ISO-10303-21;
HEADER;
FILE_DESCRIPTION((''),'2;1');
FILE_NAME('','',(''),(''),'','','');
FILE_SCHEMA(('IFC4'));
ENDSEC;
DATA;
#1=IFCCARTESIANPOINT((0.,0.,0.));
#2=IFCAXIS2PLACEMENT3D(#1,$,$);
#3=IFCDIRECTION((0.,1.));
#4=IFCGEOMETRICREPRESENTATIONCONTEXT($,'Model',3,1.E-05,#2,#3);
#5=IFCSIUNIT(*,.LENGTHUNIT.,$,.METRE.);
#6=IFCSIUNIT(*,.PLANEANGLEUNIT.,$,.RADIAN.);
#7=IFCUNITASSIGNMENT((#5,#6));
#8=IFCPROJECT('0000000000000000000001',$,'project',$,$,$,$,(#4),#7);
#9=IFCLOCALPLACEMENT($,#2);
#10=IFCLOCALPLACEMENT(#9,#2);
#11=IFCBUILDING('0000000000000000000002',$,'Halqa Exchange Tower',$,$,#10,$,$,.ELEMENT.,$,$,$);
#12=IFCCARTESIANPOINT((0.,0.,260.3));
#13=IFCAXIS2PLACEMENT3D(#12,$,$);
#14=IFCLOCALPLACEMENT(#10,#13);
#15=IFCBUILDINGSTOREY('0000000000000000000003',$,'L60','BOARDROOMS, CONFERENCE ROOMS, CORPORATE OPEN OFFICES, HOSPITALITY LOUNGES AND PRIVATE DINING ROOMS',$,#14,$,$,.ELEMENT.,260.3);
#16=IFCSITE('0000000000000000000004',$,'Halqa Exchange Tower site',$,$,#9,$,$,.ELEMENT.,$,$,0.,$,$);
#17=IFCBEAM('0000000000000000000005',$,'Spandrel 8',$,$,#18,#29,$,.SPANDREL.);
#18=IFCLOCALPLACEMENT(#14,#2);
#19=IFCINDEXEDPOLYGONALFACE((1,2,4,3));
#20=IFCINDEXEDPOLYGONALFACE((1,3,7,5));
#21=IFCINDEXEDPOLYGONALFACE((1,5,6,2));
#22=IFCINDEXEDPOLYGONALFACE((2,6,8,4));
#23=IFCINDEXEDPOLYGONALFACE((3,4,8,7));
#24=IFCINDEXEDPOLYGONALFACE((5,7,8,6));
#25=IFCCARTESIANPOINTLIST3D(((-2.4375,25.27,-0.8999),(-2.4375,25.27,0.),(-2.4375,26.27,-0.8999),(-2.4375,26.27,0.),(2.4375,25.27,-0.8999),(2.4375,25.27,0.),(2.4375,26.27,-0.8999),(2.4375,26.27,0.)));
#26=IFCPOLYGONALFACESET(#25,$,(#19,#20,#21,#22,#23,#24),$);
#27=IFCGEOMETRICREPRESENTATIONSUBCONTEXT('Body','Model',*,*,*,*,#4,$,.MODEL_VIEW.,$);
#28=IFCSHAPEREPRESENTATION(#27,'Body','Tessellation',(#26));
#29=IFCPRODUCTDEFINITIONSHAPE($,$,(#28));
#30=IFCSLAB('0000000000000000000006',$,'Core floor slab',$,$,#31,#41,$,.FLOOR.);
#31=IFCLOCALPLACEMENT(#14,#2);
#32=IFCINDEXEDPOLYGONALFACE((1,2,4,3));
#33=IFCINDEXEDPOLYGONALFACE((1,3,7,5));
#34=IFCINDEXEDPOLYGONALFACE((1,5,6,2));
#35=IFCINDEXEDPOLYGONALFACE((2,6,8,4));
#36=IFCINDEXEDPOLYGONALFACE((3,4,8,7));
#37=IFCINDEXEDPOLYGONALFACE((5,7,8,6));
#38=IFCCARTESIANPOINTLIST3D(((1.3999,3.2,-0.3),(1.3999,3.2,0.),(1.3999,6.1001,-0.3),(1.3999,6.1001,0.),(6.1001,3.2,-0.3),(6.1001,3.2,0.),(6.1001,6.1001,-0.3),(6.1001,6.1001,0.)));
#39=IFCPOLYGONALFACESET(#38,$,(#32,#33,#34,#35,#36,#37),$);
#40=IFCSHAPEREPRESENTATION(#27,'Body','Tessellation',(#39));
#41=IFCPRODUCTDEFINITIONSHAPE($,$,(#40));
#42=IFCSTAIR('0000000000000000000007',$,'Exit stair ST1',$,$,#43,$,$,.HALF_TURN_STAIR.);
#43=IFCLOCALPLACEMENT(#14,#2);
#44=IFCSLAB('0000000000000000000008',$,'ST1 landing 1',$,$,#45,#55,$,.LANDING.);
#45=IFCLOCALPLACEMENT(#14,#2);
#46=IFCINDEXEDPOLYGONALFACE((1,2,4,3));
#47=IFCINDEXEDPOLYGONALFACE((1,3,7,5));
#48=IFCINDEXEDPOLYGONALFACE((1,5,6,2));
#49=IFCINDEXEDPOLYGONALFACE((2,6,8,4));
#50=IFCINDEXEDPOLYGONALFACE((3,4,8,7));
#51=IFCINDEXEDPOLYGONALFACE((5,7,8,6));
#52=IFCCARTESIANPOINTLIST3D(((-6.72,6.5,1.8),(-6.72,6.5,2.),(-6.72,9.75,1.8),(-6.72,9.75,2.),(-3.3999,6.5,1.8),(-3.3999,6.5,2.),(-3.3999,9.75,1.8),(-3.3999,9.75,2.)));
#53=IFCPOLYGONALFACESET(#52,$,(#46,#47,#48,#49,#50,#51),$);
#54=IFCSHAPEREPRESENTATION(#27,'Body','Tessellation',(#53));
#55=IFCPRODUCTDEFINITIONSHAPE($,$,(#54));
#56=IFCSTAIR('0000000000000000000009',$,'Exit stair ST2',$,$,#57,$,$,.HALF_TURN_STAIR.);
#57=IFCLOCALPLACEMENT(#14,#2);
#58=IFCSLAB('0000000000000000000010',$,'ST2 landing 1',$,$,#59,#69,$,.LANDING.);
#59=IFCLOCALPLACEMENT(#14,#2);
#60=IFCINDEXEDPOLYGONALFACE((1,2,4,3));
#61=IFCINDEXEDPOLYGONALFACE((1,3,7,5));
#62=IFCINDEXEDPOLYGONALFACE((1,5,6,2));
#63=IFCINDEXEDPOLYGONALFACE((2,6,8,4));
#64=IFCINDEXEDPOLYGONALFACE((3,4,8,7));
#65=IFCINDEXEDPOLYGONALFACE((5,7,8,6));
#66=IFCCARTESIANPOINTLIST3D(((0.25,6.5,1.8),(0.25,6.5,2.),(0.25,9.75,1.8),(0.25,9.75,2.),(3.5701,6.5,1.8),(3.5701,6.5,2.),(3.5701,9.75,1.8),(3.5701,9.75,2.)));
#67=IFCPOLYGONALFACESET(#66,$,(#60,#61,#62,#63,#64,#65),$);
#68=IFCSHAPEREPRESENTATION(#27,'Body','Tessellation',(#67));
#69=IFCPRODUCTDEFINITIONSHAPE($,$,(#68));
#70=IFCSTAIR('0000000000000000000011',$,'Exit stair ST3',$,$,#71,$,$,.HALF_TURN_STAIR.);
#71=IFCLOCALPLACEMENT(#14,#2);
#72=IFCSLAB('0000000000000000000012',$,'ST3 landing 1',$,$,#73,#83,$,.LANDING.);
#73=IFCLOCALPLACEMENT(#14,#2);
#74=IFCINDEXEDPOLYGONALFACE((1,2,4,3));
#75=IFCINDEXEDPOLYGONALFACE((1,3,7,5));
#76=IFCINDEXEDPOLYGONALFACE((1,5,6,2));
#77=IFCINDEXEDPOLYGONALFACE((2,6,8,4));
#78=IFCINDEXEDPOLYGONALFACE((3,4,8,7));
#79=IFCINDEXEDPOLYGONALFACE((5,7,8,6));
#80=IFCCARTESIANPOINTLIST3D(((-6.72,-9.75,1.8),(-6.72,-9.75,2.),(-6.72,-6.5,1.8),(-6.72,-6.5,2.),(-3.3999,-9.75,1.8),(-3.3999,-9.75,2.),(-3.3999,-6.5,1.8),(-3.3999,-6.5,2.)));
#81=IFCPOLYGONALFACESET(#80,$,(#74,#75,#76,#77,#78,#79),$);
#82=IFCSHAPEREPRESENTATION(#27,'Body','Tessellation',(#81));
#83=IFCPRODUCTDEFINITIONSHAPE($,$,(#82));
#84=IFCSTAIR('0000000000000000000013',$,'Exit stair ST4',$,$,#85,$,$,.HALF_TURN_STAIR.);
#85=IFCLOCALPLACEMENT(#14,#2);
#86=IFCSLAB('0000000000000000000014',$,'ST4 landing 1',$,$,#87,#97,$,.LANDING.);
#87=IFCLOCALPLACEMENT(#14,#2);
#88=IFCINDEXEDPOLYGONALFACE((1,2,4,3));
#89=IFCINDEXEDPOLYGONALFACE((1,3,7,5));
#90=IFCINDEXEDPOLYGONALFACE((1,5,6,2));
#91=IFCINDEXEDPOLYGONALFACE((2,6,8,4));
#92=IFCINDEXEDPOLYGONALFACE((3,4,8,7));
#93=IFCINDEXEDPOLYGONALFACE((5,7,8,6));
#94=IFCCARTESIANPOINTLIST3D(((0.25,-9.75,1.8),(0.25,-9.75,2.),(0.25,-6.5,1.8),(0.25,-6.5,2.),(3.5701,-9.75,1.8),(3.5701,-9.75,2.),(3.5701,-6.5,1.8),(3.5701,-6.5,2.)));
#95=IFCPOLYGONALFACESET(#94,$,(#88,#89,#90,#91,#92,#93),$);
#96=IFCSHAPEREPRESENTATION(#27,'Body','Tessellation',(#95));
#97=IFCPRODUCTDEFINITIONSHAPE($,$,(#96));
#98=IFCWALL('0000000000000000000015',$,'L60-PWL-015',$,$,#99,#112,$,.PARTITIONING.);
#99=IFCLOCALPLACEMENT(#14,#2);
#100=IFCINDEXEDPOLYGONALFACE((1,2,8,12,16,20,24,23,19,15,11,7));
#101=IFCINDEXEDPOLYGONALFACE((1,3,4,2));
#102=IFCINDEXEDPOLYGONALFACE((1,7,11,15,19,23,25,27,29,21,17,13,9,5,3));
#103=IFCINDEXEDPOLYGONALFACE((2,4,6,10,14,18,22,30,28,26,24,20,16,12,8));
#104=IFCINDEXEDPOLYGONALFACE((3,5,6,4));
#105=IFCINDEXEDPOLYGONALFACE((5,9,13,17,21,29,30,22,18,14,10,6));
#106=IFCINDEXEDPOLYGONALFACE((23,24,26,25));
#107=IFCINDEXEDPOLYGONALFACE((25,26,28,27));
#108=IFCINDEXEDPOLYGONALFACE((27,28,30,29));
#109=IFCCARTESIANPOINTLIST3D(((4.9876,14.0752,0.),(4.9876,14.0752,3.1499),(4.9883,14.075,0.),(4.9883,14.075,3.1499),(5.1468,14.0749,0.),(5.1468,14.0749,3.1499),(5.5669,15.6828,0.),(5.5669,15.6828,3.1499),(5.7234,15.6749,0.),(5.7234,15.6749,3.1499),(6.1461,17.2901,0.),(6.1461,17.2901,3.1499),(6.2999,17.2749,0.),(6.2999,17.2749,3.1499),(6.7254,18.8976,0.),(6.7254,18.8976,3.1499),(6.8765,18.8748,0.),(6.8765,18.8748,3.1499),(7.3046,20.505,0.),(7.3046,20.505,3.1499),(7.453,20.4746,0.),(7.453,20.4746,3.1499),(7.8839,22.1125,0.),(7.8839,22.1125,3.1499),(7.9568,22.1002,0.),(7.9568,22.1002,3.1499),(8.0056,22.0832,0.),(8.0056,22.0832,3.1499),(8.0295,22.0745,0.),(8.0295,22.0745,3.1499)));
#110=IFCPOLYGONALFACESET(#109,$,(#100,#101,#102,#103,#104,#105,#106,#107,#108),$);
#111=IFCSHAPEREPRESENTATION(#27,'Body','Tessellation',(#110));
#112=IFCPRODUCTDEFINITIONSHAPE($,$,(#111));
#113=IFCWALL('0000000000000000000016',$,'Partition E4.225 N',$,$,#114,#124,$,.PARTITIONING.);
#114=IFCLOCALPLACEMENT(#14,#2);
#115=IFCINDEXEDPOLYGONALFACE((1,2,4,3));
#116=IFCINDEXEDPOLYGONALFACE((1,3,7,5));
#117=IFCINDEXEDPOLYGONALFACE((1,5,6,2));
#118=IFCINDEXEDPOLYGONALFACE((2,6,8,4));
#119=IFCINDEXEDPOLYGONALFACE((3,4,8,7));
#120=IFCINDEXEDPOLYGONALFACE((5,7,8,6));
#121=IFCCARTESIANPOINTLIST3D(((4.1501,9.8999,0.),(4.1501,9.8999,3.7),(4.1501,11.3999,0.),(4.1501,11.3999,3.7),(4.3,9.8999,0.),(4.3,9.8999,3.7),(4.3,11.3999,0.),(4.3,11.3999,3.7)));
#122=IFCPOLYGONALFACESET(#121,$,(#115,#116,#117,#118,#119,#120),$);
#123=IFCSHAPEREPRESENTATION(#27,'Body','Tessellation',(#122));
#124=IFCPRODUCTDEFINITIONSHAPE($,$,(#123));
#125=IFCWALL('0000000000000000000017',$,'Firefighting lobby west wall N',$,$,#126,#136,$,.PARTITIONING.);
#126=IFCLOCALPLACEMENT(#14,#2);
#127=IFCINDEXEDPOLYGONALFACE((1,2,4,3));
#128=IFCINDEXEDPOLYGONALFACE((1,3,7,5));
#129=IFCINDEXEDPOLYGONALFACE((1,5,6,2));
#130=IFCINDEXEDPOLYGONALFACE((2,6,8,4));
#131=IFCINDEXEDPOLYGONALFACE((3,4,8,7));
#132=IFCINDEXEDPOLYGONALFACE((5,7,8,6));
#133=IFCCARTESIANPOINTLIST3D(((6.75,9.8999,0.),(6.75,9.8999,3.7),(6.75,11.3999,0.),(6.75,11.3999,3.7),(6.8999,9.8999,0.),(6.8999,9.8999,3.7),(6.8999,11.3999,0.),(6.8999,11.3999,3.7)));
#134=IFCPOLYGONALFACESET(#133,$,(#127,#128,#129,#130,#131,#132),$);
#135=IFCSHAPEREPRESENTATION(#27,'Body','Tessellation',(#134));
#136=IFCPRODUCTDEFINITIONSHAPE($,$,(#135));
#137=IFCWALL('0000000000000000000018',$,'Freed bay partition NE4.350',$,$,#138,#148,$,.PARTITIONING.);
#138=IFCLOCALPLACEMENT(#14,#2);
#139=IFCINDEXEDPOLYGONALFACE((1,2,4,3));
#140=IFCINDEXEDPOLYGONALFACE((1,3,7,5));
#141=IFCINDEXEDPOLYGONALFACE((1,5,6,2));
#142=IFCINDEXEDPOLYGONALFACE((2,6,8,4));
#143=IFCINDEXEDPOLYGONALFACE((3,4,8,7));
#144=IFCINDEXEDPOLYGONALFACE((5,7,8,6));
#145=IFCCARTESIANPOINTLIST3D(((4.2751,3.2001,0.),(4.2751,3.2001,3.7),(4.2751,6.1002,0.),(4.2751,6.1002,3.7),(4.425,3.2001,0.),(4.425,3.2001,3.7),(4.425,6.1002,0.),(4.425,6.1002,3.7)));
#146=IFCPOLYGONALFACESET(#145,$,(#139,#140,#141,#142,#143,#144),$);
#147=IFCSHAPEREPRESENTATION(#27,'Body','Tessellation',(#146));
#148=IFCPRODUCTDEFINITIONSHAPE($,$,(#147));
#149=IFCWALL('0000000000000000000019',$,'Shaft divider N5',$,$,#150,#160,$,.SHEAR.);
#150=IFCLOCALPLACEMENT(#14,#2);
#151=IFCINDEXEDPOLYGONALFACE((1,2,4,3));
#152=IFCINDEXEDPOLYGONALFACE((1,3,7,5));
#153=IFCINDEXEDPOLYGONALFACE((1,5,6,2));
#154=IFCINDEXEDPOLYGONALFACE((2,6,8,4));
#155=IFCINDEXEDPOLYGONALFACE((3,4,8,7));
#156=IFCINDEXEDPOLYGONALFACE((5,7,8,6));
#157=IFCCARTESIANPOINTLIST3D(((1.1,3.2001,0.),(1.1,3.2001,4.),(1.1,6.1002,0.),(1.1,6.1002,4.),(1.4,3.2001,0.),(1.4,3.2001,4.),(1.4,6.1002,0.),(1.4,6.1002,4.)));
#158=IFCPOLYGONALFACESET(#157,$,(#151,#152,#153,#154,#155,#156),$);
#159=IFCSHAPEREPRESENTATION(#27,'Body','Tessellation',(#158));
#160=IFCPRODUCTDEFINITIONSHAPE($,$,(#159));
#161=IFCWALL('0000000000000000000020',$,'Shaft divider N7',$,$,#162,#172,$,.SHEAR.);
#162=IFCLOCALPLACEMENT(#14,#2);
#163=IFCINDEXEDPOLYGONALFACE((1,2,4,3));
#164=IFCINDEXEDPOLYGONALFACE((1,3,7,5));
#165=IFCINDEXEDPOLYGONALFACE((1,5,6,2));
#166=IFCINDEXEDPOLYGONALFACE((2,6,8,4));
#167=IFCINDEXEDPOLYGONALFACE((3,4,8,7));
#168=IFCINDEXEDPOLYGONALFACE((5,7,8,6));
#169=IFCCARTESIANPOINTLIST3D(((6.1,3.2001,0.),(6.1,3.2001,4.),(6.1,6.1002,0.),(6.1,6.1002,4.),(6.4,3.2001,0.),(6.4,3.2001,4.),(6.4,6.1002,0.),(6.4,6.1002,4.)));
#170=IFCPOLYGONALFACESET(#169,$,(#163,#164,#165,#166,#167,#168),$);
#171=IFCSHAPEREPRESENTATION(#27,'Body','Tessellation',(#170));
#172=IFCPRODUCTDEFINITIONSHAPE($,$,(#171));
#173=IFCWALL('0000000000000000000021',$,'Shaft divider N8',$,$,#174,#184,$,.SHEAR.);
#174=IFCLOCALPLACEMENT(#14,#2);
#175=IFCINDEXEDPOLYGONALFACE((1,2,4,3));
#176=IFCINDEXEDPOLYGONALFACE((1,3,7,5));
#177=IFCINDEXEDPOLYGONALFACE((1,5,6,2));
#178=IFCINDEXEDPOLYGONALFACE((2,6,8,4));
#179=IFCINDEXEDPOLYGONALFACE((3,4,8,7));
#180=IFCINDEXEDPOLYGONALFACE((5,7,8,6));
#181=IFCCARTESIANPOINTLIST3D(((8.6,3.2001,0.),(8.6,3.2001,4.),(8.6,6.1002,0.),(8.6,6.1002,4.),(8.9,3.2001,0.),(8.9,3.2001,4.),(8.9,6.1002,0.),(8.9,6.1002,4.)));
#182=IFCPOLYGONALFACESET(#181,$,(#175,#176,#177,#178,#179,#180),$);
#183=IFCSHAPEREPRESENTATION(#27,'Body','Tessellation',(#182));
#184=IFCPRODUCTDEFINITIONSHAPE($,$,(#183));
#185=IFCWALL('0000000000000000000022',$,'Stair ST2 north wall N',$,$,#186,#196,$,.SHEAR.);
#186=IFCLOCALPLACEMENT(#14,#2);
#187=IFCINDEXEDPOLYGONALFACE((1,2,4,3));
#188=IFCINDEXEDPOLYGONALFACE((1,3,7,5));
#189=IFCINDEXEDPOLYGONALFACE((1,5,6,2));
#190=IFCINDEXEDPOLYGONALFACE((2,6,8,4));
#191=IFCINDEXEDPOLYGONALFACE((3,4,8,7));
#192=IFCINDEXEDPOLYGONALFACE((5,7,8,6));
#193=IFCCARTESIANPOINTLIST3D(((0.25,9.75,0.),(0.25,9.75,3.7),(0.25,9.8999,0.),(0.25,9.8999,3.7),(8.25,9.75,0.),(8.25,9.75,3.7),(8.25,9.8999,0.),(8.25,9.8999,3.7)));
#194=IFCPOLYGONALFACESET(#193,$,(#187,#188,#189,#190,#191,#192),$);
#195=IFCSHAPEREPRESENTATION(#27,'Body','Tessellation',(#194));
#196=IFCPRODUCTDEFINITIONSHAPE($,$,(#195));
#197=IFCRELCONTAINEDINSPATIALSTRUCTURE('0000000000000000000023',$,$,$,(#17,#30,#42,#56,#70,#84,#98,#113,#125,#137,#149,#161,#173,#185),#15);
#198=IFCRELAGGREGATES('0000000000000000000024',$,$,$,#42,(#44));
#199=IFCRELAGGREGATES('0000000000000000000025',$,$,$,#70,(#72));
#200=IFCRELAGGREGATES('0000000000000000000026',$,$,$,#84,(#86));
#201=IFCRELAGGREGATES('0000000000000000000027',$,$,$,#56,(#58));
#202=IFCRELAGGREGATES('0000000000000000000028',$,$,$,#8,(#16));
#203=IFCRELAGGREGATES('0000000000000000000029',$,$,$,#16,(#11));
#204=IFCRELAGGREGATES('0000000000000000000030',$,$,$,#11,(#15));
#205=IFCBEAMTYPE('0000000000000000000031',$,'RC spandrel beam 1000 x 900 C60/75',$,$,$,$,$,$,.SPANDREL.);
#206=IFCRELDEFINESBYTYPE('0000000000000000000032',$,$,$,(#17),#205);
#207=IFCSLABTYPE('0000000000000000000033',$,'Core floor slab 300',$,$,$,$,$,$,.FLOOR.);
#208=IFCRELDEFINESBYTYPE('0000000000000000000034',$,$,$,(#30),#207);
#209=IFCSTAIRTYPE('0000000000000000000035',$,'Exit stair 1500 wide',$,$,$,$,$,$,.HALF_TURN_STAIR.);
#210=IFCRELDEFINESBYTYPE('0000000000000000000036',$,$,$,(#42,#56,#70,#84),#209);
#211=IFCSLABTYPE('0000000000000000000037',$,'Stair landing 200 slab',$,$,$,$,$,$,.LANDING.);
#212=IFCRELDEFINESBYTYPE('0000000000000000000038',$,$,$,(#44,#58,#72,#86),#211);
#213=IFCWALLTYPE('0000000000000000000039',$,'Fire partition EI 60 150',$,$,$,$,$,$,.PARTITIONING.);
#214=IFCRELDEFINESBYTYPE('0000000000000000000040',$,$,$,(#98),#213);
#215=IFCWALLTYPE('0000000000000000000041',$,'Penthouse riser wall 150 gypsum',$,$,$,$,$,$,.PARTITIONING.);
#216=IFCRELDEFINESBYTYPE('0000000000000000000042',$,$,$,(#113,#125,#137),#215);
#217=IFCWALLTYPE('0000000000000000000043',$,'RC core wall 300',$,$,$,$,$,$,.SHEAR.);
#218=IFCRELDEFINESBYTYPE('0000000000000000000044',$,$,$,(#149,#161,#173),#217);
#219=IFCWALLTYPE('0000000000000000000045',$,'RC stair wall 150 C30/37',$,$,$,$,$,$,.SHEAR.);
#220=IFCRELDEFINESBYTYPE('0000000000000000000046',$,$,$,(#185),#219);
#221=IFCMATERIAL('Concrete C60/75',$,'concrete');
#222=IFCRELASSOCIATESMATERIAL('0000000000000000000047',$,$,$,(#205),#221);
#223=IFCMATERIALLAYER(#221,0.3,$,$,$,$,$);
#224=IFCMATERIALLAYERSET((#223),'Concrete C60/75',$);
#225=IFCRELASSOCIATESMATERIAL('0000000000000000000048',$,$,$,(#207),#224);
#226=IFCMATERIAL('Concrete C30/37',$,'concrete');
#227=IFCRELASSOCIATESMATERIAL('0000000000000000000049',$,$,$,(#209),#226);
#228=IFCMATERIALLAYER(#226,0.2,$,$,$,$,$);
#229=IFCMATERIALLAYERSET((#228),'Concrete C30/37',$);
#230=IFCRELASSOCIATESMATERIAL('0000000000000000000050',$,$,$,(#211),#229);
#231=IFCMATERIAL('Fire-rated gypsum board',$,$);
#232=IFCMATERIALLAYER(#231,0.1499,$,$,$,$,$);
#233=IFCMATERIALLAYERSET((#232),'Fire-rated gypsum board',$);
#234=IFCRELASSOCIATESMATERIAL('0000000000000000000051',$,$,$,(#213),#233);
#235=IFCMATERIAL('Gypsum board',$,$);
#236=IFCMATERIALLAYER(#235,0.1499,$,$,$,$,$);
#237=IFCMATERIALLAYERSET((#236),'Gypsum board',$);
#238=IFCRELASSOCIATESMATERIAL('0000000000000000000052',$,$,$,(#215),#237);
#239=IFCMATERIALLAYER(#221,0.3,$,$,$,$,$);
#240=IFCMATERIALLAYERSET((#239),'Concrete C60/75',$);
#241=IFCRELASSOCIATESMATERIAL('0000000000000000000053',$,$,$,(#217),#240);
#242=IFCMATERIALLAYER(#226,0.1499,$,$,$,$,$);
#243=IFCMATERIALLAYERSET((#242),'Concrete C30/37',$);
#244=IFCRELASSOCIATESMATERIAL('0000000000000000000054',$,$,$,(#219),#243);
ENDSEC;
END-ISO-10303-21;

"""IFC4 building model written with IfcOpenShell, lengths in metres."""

from ifc_helpers import new_model, si_unit, direction, frame, frame_2d, origin, origin_2d, place, context, subcontext, project, spatial, polyline, rectangle, outline, extrude, material, layer, layer_set, material_profile, profile_set, type_object, element, aggregate, save


model = new_model("IFC4")

# Units and contexts
model_context = context("Model", 3, precision=1e-05, world=origin(), true_north=direction((0.0, 1.0)))
body_context = subcontext(model_context, "Body", "Model", "MODEL_VIEW")
ifc_project = project(units=[si_unit("LENGTHUNIT", "METRE"), si_unit("PLANEANGLEUNIT", "RADIAN")], contexts=[model_context])

# Site, building, storey
site_placement = place(None, origin())
site = spatial("IfcSite", under=ifc_project, at=site_placement, Name="Halqa Exchange Tower site", CompositionType="ELEMENT", RefElevation=0.0)
building_placement = place(site_placement, origin())
building = spatial("IfcBuilding", under=site, at=building_placement, Name="Halqa Exchange Tower", CompositionType="ELEMENT")
storey_placement = place(building_placement, frame((0.0, 0.0, 260.3)))
storey = spatial("IfcBuildingStorey", under=building, at=storey_placement, Name="L60", Description="BOARDROOMS, CONFERENCE ROOMS, CORPORATE OPEN OFFICES, HOSPITALITY LOUNGES AND PRIVATE DINING ROOMS", CompositionType="ELEMENT", Elevation=260.3)

# Shared definitions
ifc_material_1 = material(Name="Concrete C60/75", Category="concrete")

# Beam
ifc_material_profile_1 = material_profile(ifc_material_1, rectangle(XDim=1.0, YDim=0.8999, at=origin_2d()), Name="1000 x 900")
ifc_profile_set_1 = profile_set([ifc_material_profile_1], Name="Concrete C60/75")
beam_type_1 = type_object("IfcBeamType", Name="RC spandrel beam 1000 x 900 C60/75", PredefinedType="SPANDREL", material=ifc_profile_set_1)
beam_1_placement = place(storey_placement, frame((2.4375, 25.77, -0.45), z_axis=(-1.0, 0.0, 0.0), x_axis=(0.0, -1.0, 0.0)))
element("IfcBeam", 1, at=beam_1_placement, inside=storey, type_object=beam_type_1, Name="Spandrel 8", PredefinedType="SPANDREL", context=body_context, shape_type="SweptSolid", body=[
    extrude(rectangle(XDim=1.0, YDim=0.8999, at=origin_2d()), origin(), (0.0, 0.0, 1.0), 4.875),
])

# Slab
ifc_layer_1 = layer(ifc_material_1, 0.3)
ifc_layer_set_1 = layer_set([ifc_layer_1], Name="Concrete C60/75")
slab_type_1 = type_object("IfcSlabType", Name="Core floor slab 300", PredefinedType="FLOOR", material=ifc_layer_set_1)
slab_1_placement = place(storey_placement, frame((0.0, 0.0, -0.3)))
element("IfcSlab", 2, at=slab_1_placement, inside=storey, type_object=slab_type_1, Name="Core floor slab", PredefinedType="FLOOR", context=body_context, shape_type="SweptSolid", body=[
    extrude(outline(polyline([(6.1001, 6.1001), (6.1001, 3.2), (1.3999, 3.2), (1.3999, 6.1001), (6.1001, 6.1001)])), origin(), (0.0, 0.0, 1.0), 0.3),
])

# Stairs, slabs
ifc_material_2 = material(Name="Concrete C30/37", Category="concrete")
stair_type = type_object("IfcStairType", Name="Exit stair 1500 wide", PredefinedType="HALF_TURN_STAIR", material=ifc_material_2)
stair_1_placement = place(storey_placement, origin())
stair_1 = element("IfcStair", 3, at=stair_1_placement, inside=storey, type_object=stair_type, Name="Exit stair ST1", PredefinedType="HALF_TURN_STAIR")
ifc_layer_2 = layer(ifc_material_2, 0.2)
ifc_layer_set_2 = layer_set([ifc_layer_2], Name="Concrete C30/37")
slab_type_2 = type_object("IfcSlabType", Name="Stair landing 200 slab", PredefinedType="LANDING", material=ifc_layer_set_2)
slab_2_placement = place(storey_placement, frame((0.0, 0.0, 1.8)))
slab_2 = element("IfcSlab", 4, at=slab_2_placement, type_object=slab_type_2, Name="ST1 landing 1", PredefinedType="LANDING", context=body_context, shape_type="SweptSolid", body=[
    extrude(outline(polyline([(-6.72, 6.5), (-3.3999, 6.5), (-3.3999, 9.75), (-6.72, 9.75), (-6.72, 6.5)])), origin(), (0.0, 0.0, 1.0), 0.2),
])
aggregate(stair_1, [slab_2])
stair_2_placement = place(storey_placement, origin())
stair_2 = element("IfcStair", 5, at=stair_2_placement, inside=storey, type_object=stair_type, Name="Exit stair ST2", PredefinedType="HALF_TURN_STAIR")
slab_3_placement = place(storey_placement, frame((0.0, 0.0, 1.8)))
slab_3 = element("IfcSlab", 6, at=slab_3_placement, type_object=slab_type_2, Name="ST2 landing 1", PredefinedType="LANDING", context=body_context, shape_type="SweptSolid", body=[
    extrude(outline(polyline([(0.25, 6.5), (3.5701, 6.5), (3.5701, 9.75), (0.25, 9.75), (0.25, 6.5)])), origin(), (0.0, 0.0, 1.0), 0.2),
])
stair_3_placement = place(storey_placement, origin())
stair_3 = element("IfcStair", 7, at=stair_3_placement, inside=storey, type_object=stair_type, Name="Exit stair ST3", PredefinedType="HALF_TURN_STAIR")
slab_4_placement = place(storey_placement, frame((0.0, 0.0, 1.8)))
slab_4 = element("IfcSlab", 8, at=slab_4_placement, type_object=slab_type_2, Name="ST3 landing 1", PredefinedType="LANDING", context=body_context, shape_type="SweptSolid", body=[
    extrude(outline(polyline([(-6.72, -9.75), (-3.3999, -9.75), (-3.3999, -6.5), (-6.72, -6.5), (-6.72, -9.75)])), origin(), (0.0, 0.0, 1.0), 0.2),
])
aggregate(stair_3, [slab_4])
stair_4_placement = place(storey_placement, origin())
stair_4 = element("IfcStair", 9, at=stair_4_placement, inside=storey, type_object=stair_type, Name="Exit stair ST4", PredefinedType="HALF_TURN_STAIR")
slab_5_placement = place(storey_placement, frame((0.0, 0.0, 1.8)))
slab_5 = element("IfcSlab", 10, at=slab_5_placement, type_object=slab_type_2, Name="ST4 landing 1", PredefinedType="LANDING", context=body_context, shape_type="SweptSolid", body=[
    extrude(outline(polyline([(0.25, -9.75), (3.5701, -9.75), (3.5701, -6.5), (0.25, -6.5), (0.25, -9.75)])), origin(), (0.0, 0.0, 1.0), 0.2),
])
aggregate(stair_4, [slab_5])

# Walls
ifc_material_3 = material(Name="Fire-rated gypsum board")
ifc_layer_3 = layer(ifc_material_3, 0.1499)
ifc_layer_set_3 = layer_set([ifc_layer_3], Name="Fire-rated gypsum board")
wall_type_1 = type_object("IfcWallType", Name="Fire partition EI 60 150", PredefinedType="PARTITIONING", material=ifc_layer_set_3)
wall_1_placement = place(storey_placement, frame((5.0581, 14.0498, 0.0), z_axis=(0.0, 0.0, 1.0), x_axis=(0.339015, 0.940781, 0.0)))
element("IfcWall", 11, at=wall_1_placement, inside=storey, type_object=wall_type_1, Name="L60-PWL-015", PredefinedType="PARTITIONING", context=body_context, shape_type="SweptSolid", body=[
    extrude(outline(polyline([(8.5569, -0.075), (8.5569, -0.0496), (8.5564, 0.0022), (8.5432, 0.075), (6.8345, 0.075), (5.126, 0.075), (3.4172, 0.075), (1.7087, 0.075), (0.0, 0.075), (0.0, 0.0742), (0.0537, -0.075), (1.7544, -0.075), (3.4551, -0.075), (5.1558, -0.075), (6.8562, -0.075), (8.5569, -0.075)])), origin(), (0.0, 0.0, 1.0), 3.1499),
])
ifc_material_4 = material(Name="Gypsum board")
ifc_layer_4 = layer(ifc_material_4, 0.1499)
ifc_layer_set_4 = layer_set([ifc_layer_4], Name="Gypsum board")
wall_type_2 = type_object("IfcWallType", Name="Penthouse riser wall 150 gypsum", PredefinedType="PARTITIONING", material=ifc_layer_set_4)
for number, where, z_axis, x_axis, name in (
    (12, (4.2251, 9.8999, 0.0), (0.0, 0.0, 1.0), (0.0, 1.0, 0.0), "Partition E4.225 N"),
    (13, (6.825, 9.8999, 0.0), (0.0, 0.0, 1.0), (0.0, 1.0, 0.0), "Firefighting lobby west wall N"),
):
    element("IfcWall", number, at=place(storey_placement, frame(where, z_axis=z_axis, x_axis=x_axis)), inside=storey, type_object=wall_type_2, Name=name, PredefinedType="PARTITIONING", context=body_context, shape_type="SweptSolid", body=[
        extrude(rectangle(XDim=1.5, YDim=0.1499, at=frame_2d((0.75, 0.0))), origin(), (0.0, 0.0, 1.0), 3.7),
    ])
wall_2_placement = place(storey_placement, frame((4.3501, 3.2, 0.0), z_axis=(0.0, 0.0, 1.0), x_axis=(0.0, 1.0, 0.0)))
element("IfcWall", 14, at=wall_2_placement, inside=storey, type_object=wall_type_2, Name="Freed bay partition NE4.350", PredefinedType="PARTITIONING", context=body_context, shape_type="SweptSolid", body=[
    extrude(rectangle(XDim=2.9001, YDim=0.1499, at=frame_2d((1.4502, 0.0))), origin(), (0.0, 0.0, 1.0), 3.7),
])
ifc_layer_5 = layer(ifc_material_1, 0.3)
ifc_layer_set_5 = layer_set([ifc_layer_5], Name="Concrete C60/75")
wall_type_3 = type_object("IfcWallType", Name="RC core wall 300", PredefinedType="SHEAR", material=ifc_layer_set_5)
for number, where, z_axis, x_axis, name in (
    (15, (1.25, 3.2, 0.0), (0.0, 0.0, 1.0), (0.0, 1.0, 0.0), "Shaft divider N5"),
    (16, (6.25, 3.2, 0.0), (0.0, 0.0, 1.0), (0.0, 1.0, 0.0), "Shaft divider N7"),
    (17, (8.75, 3.2, 0.0), (0.0, 0.0, 1.0), (0.0, 1.0, 0.0), "Shaft divider N8"),
):
    element("IfcWall", number, at=place(storey_placement, frame(where, z_axis=z_axis, x_axis=x_axis)), inside=storey, type_object=wall_type_3, Name=name, PredefinedType="SHEAR", context=body_context, shape_type="SweptSolid", body=[
        extrude(rectangle(XDim=2.9001, YDim=0.3, at=frame_2d((1.4502, 0.0))), origin(), (0.0, 0.0, 1.0), 4.0),
    ])
ifc_layer_6 = layer(ifc_material_2, 0.1499)
ifc_layer_set_6 = layer_set([ifc_layer_6], Name="Concrete C30/37")
wall_type_4 = type_object("IfcWallType", Name="RC stair wall 150 C30/37", PredefinedType="SHEAR", material=ifc_layer_set_6)
wall_3_placement = place(storey_placement, frame((0.25, 9.825, 0.0), z_axis=(0.0, 0.0, 1.0), x_axis=(1.0, 0.0, 0.0)))
element("IfcWall", 18, at=wall_3_placement, inside=storey, type_object=wall_type_4, Name="Stair ST2 north wall N", PredefinedType="SHEAR", context=body_context, shape_type="SweptSolid", body=[
    extrude(rectangle(XDim=8.0, YDim=0.1499, at=frame_2d((4.0, 0.0))), origin(), (0.0, 0.0, 1.0), 3.7),
])

aggregate(stair_2, [slab_3])

save(model, "model.ifc")
